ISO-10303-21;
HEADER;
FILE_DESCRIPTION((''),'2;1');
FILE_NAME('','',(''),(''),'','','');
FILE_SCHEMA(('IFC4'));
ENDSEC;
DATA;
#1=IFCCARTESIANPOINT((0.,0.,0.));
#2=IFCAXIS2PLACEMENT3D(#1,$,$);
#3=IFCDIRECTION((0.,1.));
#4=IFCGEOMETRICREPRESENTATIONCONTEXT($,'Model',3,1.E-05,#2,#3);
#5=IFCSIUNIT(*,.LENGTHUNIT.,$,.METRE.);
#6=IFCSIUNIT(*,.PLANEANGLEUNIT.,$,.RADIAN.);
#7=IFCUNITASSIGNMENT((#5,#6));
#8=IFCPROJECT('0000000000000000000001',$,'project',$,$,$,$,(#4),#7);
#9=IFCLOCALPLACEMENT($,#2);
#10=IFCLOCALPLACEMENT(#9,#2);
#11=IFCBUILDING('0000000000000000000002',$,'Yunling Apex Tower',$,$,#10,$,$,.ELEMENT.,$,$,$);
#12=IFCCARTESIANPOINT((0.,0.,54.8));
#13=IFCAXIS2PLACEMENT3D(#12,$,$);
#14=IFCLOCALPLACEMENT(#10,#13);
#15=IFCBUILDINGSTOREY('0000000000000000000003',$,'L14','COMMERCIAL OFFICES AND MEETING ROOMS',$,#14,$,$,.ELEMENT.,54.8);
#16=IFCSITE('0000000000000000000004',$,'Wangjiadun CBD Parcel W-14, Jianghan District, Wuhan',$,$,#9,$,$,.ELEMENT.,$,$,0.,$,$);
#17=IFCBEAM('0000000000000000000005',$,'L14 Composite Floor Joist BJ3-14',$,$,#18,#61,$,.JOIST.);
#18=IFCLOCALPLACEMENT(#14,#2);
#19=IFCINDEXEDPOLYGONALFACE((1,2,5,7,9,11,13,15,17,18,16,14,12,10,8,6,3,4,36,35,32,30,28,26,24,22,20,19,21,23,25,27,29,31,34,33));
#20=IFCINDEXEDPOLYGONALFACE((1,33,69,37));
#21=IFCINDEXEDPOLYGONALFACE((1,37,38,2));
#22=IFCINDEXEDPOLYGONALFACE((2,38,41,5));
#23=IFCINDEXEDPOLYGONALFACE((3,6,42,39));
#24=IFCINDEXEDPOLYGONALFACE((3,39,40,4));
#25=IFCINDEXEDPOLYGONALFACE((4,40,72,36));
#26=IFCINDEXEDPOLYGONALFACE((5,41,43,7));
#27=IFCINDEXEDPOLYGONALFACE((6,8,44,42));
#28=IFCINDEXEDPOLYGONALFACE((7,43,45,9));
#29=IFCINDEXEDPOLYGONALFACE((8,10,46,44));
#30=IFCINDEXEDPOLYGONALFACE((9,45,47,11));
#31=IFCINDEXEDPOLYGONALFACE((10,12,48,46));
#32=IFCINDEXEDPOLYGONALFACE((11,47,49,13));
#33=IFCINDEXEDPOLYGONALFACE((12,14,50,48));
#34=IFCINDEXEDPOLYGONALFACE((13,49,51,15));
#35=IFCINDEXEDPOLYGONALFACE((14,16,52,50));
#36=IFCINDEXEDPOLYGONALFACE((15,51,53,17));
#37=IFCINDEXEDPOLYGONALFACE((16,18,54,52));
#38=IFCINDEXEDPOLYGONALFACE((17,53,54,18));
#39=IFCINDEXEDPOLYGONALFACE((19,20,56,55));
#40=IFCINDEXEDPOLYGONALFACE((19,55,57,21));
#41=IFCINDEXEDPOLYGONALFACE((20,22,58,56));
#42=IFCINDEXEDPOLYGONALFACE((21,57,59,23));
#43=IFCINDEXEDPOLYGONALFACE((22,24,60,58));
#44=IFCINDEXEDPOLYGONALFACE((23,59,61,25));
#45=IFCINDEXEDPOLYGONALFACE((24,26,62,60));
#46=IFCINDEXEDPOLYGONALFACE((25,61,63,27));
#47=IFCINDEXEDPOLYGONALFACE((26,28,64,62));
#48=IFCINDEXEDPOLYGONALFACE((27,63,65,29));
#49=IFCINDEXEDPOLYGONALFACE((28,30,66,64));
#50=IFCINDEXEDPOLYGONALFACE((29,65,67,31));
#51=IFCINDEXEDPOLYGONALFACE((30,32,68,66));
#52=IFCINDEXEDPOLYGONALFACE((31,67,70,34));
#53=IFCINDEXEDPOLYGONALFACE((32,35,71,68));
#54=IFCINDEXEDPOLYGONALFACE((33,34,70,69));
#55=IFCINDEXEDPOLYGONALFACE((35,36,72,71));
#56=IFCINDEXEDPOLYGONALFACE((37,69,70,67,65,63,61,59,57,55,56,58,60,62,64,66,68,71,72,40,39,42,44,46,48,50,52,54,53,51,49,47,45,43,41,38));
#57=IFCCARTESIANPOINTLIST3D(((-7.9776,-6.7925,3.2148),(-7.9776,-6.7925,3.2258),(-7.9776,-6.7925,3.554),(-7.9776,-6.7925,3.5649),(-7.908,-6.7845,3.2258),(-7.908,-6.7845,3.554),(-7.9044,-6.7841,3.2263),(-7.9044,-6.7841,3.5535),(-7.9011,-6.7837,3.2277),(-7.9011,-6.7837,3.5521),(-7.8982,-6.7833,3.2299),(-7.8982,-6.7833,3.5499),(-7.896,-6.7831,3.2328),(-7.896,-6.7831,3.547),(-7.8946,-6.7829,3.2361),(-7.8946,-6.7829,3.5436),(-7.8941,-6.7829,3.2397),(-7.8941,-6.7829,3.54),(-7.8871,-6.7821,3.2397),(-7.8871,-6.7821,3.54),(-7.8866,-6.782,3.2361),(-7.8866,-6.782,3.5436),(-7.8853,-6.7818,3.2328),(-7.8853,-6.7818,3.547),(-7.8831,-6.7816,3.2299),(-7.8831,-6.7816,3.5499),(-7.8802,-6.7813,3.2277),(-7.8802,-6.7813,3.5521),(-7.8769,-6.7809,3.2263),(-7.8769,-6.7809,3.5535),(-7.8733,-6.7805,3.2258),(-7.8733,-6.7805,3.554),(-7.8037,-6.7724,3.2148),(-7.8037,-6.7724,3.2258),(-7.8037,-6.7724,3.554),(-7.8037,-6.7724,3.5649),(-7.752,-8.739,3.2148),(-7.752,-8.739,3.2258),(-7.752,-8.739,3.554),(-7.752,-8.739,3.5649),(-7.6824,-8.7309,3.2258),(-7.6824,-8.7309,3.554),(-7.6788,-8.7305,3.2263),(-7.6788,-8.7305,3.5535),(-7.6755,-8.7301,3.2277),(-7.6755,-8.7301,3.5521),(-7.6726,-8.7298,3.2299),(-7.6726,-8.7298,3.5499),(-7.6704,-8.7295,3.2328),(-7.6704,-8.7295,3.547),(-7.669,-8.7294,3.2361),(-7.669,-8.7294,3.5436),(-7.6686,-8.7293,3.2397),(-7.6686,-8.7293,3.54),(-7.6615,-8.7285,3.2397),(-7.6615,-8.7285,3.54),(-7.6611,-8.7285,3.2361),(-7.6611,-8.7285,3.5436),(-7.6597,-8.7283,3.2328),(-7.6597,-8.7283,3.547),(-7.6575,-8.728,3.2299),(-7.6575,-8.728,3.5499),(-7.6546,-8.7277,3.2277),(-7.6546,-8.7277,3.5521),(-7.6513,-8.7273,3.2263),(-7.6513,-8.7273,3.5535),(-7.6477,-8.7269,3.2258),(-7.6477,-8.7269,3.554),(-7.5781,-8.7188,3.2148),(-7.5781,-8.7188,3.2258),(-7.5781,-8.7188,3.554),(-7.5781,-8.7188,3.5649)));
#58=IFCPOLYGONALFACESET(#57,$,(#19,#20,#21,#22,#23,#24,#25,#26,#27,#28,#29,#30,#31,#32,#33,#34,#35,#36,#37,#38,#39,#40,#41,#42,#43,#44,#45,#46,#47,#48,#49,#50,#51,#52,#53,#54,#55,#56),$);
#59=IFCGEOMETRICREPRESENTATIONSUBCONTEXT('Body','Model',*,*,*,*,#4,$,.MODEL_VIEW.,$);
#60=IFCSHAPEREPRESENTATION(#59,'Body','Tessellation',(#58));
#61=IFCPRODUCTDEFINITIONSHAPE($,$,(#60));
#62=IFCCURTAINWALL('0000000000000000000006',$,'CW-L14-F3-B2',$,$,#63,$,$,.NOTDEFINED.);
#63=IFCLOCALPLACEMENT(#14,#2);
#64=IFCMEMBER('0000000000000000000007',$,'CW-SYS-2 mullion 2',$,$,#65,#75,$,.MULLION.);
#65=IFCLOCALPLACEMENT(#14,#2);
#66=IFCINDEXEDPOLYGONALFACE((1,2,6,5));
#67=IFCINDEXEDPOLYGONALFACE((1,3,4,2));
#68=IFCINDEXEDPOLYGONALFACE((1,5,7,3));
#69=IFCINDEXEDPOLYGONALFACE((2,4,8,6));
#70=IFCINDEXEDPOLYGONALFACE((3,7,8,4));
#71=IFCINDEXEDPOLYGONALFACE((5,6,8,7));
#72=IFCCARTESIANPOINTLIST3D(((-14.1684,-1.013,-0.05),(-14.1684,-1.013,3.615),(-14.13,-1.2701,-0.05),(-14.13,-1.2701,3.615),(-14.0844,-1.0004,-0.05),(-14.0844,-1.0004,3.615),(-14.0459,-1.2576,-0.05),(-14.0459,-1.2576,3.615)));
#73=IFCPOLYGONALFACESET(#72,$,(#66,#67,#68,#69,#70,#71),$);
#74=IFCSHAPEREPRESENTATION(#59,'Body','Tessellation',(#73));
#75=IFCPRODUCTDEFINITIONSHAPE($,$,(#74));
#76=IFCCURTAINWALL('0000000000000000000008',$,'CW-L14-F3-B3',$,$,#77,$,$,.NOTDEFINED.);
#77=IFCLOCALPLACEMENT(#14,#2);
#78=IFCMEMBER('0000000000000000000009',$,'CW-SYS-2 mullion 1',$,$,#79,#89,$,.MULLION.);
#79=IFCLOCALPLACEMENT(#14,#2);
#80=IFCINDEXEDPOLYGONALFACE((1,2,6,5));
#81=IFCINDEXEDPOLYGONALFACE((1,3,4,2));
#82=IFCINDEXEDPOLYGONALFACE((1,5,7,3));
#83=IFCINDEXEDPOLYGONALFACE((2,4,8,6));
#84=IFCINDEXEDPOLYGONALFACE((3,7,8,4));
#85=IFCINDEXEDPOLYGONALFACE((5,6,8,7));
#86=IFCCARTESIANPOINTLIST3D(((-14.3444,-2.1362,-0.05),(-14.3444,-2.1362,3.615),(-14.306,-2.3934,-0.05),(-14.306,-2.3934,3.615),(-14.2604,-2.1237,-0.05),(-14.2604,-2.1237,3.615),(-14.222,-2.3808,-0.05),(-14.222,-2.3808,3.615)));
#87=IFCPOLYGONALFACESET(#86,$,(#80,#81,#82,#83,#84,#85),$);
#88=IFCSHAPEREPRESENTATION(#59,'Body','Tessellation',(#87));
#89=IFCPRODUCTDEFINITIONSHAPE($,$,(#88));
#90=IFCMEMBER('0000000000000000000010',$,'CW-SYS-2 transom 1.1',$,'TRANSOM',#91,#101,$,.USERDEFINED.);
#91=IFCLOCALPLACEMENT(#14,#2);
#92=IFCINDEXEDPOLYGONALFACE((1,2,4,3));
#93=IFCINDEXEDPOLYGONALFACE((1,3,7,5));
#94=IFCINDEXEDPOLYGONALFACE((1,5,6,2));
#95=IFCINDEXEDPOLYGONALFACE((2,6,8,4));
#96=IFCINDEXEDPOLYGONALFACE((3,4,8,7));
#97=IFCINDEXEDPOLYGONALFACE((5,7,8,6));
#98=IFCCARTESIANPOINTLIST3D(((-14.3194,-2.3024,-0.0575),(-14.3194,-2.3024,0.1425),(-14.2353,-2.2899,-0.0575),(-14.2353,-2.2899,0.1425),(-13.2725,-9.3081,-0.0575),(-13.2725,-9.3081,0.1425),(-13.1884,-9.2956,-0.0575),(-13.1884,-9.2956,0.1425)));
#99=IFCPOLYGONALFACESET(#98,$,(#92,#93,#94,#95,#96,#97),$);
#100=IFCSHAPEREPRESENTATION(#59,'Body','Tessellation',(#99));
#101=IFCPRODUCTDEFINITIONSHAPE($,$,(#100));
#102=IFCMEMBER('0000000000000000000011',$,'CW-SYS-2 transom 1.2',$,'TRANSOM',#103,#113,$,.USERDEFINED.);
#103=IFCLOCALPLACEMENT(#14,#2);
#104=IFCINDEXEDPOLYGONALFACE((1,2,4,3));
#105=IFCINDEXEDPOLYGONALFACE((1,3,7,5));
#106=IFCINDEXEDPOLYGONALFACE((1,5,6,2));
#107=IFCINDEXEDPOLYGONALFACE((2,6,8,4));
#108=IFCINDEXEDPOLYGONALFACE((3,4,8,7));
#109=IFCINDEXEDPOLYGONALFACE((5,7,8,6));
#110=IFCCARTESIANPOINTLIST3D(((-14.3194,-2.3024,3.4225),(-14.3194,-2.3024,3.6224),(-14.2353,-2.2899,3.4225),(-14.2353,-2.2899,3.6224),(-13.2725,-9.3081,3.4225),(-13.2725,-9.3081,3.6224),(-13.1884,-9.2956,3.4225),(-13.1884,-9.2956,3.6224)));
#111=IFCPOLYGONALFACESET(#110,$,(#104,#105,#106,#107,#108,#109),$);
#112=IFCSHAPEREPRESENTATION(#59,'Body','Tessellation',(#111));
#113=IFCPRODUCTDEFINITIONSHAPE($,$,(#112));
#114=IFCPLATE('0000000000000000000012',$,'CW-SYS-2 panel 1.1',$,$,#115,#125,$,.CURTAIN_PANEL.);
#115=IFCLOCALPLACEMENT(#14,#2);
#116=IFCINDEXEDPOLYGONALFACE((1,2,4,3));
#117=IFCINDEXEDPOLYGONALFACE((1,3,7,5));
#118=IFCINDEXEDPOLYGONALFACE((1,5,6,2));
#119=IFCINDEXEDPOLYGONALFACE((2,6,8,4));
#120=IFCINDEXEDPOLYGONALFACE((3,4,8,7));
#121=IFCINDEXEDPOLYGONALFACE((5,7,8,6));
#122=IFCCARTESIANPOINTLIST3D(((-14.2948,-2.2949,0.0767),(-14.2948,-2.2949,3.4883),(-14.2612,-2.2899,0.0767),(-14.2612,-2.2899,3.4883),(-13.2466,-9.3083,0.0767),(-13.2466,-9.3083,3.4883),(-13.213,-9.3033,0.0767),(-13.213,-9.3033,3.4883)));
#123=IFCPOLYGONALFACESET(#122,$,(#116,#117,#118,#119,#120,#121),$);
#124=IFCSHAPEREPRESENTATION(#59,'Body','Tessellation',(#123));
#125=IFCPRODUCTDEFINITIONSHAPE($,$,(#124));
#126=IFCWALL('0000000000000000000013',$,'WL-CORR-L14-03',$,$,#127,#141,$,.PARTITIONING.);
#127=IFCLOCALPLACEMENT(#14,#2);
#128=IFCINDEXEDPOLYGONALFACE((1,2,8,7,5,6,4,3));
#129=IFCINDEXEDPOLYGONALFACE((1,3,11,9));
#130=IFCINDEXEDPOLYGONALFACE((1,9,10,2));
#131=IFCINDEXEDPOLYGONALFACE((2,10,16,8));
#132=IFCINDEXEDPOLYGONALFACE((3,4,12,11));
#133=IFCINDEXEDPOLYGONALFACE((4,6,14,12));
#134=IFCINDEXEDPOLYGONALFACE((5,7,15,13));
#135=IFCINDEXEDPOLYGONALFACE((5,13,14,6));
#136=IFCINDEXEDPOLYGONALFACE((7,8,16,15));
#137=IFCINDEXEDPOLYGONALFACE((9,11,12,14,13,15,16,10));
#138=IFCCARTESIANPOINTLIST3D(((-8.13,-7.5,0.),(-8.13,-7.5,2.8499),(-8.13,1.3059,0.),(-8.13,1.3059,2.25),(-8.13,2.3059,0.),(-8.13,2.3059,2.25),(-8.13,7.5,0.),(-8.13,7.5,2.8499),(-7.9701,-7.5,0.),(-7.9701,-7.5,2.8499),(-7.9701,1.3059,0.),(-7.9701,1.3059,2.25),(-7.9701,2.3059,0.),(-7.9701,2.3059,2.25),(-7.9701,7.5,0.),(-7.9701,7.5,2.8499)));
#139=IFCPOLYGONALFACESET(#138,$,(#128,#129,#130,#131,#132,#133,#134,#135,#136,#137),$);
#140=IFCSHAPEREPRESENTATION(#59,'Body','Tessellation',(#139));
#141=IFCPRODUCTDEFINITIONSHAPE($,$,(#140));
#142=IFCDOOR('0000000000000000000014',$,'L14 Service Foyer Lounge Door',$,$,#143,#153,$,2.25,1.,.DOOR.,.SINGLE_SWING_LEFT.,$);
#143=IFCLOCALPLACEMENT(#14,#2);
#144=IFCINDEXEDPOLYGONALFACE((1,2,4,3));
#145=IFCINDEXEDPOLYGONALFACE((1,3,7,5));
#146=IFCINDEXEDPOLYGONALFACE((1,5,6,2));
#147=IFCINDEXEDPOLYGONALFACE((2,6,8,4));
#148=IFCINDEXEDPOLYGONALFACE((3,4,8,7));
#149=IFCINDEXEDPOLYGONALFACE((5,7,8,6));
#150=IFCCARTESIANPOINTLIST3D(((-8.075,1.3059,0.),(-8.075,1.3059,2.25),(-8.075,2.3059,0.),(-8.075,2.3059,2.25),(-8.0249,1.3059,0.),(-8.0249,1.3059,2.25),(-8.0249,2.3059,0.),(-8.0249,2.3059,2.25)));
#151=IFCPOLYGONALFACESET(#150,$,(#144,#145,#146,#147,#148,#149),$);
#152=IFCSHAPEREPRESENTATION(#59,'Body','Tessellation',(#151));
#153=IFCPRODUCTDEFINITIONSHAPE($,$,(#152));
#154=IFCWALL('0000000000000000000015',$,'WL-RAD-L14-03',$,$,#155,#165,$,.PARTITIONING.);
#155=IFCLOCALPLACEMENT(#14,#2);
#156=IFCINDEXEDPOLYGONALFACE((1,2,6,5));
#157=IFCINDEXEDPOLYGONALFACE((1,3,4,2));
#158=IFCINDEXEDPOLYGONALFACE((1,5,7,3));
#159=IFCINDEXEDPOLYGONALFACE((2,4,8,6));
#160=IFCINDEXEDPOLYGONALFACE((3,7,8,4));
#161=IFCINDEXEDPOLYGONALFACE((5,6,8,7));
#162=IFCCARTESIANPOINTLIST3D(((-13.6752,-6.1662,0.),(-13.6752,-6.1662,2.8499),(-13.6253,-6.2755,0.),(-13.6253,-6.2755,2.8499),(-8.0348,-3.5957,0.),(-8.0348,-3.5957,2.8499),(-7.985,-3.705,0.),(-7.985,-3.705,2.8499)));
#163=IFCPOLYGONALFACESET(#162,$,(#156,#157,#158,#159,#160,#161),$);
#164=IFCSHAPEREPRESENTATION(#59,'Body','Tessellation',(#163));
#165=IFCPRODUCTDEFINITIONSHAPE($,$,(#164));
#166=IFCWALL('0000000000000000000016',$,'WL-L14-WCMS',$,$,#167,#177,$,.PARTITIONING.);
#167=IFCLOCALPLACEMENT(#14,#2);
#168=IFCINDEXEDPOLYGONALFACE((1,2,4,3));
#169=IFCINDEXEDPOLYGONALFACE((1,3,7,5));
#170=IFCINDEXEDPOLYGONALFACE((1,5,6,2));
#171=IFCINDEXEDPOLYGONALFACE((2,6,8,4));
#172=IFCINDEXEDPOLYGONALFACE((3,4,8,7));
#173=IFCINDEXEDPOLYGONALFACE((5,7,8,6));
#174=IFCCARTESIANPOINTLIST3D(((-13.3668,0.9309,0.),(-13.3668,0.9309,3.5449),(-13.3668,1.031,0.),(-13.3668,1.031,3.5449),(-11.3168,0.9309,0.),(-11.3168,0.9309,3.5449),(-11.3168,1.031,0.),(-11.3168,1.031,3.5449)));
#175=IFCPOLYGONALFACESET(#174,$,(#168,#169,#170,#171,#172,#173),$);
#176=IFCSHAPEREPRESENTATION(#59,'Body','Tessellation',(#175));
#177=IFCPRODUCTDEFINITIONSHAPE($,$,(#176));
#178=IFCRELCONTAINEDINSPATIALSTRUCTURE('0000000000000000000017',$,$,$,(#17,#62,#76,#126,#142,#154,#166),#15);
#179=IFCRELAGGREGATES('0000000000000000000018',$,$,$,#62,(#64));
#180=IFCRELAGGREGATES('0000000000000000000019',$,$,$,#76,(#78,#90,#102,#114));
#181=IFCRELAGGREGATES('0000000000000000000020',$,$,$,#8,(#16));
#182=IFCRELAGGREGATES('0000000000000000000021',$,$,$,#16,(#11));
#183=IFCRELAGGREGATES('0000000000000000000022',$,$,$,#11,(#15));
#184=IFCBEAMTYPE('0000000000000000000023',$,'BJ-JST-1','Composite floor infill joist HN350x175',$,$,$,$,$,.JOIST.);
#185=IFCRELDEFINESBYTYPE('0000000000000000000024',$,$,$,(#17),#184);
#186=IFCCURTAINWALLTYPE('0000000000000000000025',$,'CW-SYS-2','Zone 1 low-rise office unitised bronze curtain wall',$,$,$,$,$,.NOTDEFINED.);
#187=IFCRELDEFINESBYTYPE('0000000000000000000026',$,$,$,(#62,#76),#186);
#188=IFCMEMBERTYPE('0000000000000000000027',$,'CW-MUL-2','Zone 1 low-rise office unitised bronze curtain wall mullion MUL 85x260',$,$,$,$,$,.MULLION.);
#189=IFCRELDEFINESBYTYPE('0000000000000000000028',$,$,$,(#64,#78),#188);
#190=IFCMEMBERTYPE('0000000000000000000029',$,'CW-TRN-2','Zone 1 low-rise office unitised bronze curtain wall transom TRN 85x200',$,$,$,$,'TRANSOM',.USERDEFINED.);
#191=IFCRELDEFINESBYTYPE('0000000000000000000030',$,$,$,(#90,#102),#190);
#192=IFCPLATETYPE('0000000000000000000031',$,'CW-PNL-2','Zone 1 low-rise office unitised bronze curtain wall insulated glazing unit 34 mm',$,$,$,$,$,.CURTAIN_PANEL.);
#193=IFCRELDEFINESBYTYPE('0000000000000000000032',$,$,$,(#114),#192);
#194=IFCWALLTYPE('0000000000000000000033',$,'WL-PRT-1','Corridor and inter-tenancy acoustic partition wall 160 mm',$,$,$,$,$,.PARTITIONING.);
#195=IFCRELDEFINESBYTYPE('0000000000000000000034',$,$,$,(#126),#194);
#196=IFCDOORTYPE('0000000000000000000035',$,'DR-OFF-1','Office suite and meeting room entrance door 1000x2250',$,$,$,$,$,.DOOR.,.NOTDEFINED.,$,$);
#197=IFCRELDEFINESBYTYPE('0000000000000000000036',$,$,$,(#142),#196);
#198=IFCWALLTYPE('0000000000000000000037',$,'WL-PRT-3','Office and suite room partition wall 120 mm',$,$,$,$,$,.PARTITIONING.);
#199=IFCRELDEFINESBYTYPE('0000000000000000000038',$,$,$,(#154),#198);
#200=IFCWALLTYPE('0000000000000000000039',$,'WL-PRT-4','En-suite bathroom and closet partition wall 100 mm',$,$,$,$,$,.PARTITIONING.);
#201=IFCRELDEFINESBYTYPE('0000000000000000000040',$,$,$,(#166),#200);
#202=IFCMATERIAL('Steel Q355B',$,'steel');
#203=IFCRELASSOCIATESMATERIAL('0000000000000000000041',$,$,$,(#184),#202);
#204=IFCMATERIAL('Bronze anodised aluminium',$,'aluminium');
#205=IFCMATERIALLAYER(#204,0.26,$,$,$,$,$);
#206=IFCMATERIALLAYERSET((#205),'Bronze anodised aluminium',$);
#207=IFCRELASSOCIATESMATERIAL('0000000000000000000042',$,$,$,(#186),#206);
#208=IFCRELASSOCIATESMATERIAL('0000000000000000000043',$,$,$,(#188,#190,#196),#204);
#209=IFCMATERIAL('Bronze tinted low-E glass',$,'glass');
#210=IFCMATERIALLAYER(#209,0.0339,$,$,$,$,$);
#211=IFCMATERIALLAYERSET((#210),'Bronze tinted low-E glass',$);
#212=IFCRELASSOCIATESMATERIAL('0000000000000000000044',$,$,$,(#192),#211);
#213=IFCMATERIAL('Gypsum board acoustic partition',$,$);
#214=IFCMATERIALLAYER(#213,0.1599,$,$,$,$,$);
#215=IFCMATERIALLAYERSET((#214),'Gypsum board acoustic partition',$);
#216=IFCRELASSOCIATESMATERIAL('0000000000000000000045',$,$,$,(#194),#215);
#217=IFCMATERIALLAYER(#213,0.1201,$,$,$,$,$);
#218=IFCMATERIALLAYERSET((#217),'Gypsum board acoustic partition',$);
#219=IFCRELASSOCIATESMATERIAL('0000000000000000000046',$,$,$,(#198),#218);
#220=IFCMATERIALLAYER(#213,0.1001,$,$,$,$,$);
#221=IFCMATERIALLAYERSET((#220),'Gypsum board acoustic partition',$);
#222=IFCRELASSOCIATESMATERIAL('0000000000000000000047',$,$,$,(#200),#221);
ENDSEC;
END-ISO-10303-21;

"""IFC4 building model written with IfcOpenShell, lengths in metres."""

from ifc_helpers import new_model, si_unit, direction, frame, frame_2d, origin, origin_2d, place, context, subcontext, project, spatial, rectangle, i_section, extrude, source, transform, mapped, material, layer, layer_set, material_profile, profile_set, type_object, element, fill, aggregate, save


model = new_model("IFC4")

# Units and contexts
model_context = context("Model", 3, precision=1e-05, world=origin(), true_north=direction((0.0, 1.0)))
body_context = subcontext(model_context, "Body", "Model", "MODEL_VIEW")
ifc_project = project(units=[si_unit("LENGTHUNIT", "METRE"), si_unit("PLANEANGLEUNIT", "RADIAN")], contexts=[model_context])

# Site, building, storey
site_placement = place(None, origin())
site = spatial("IfcSite", under=ifc_project, at=site_placement, Name="Wangjiadun CBD Parcel W-14, Jianghan District, Wuhan", CompositionType="ELEMENT", RefElevation=0.0)
building_placement = place(site_placement, origin())
building = spatial("IfcBuilding", under=site, at=building_placement, Name="Yunling Apex Tower", CompositionType="ELEMENT")
storey_placement = place(building_placement, frame((0.0, 0.0, 54.8)))
storey = spatial("IfcBuildingStorey", under=building, at=storey_placement, Name="L14", Description="COMMERCIAL OFFICES AND MEETING ROOMS", CompositionType="ELEMENT", Elevation=54.8)

# Beam
ifc_material_1 = material(Name="Steel Q355B", Category="steel")
ifc_material_profile_1 = material_profile(ifc_material_1, i_section(OverallWidth=0.175, OverallDepth=0.3501, WebThickness=0.0071, FlangeThickness=0.011, FilletRadius=0.0139, at=origin_2d()))
ifc_profile_set_1 = profile_set([ifc_material_profile_1], Name="Steel Q355B")
beam_type_1 = type_object("IfcBeamType", Name="BJ-JST-1", Description="Composite floor infill joist HN350x175", PredefinedType="JOIST", material=ifc_profile_set_1)
shared_shape_1 = source(origin(), body_context, "Body", "SweptSolid", [
    extrude(i_section(OverallWidth=0.175, OverallDepth=0.3501, WebThickness=0.0071, FlangeThickness=0.011, FilletRadius=0.0139, at=origin_2d()), origin(), (0.0, 0.0, 1.0), 1.9595),
])
beam_1_placement = place(storey_placement, frame((-7.8906, -6.7825, 3.3899), z_axis=(0.115121, -0.993352, 0.0), x_axis=(0.993352, 0.115121, 0.0)))
element("IfcBeam", 1, at=beam_1_placement, inside=storey, type_object=beam_type_1, Name="L14 Composite Floor Joist BJ3-14", PredefinedType="JOIST", context=body_context, shape_type="MappedRepresentation", body=[
    mapped(shared_shape_1, transform((0.0, 0.0, 0.0), scale=1.0)),
])

# Curtain wall, member
ifc_material_2 = material(Name="Bronze anodised aluminium", Category="aluminium")
ifc_layer_1 = layer(ifc_material_2, 0.26)
ifc_layer_set_1 = layer_set([ifc_layer_1], Name="Bronze anodised aluminium")
curtain_wall_type = type_object("IfcCurtainWallType", Name="CW-SYS-2", Description="Zone 1 low-rise office unitised bronze curtain wall", PredefinedType="NOTDEFINED", material=ifc_layer_set_1)
curtain_wall_1_placement = place(storey_placement, origin())
curtain_wall_1 = element("IfcCurtainWall", 2, at=curtain_wall_1_placement, inside=storey, type_object=curtain_wall_type, Name="CW-L14-F3-B2", PredefinedType="NOTDEFINED")
ifc_material_profile_2 = material_profile(ifc_material_2, rectangle(XDim=0.085, YDim=0.26, at=origin_2d()))
ifc_profile_set_2 = profile_set([ifc_material_profile_2], Name="Bronze anodised aluminium")
member_type_1 = type_object("IfcMemberType", Name="CW-MUL-2", Description="Zone 1 low-rise office unitised bronze curtain wall mullion MUL 85x260", PredefinedType="MULLION", material=ifc_profile_set_2)
shared_shape_2 = source(origin(), body_context, "Body", "SweptSolid", [
    extrude(rectangle(XDim=0.085, YDim=0.26, at=origin_2d()), origin(), (0.0, 0.0, 1.0), 3.665),
])
member_1_placement = place(storey_placement, frame((-14.1072, -1.1353, -0.05), z_axis=(0.0, 0.0, 1.0), x_axis=(0.989017, 0.147801, 0.0)))
member_1 = element("IfcMember", 3, at=member_1_placement, type_object=member_type_1, Name="CW-SYS-2 mullion 2", PredefinedType="MULLION", context=body_context, shape_type="MappedRepresentation", body=[
    mapped(shared_shape_2, transform((0.0, 0.0, 0.0), scale=1.0)),
])
aggregate(curtain_wall_1, [member_1])

# Curtain wall, members, plate
curtain_wall_2_placement = place(storey_placement, origin())
curtain_wall_2 = element("IfcCurtainWall", 4, at=curtain_wall_2_placement, inside=storey, type_object=curtain_wall_type, Name="CW-L14-F3-B3", PredefinedType="NOTDEFINED")
member_2_placement = place(storey_placement, frame((-14.2832, -2.2585, -0.05), z_axis=(0.0, 0.0, 1.0), x_axis=(0.989015, 0.147815, 0.0)))
member_2 = element("IfcMember", 5, at=member_2_placement, type_object=member_type_1, Name="CW-SYS-2 mullion 1", PredefinedType="MULLION", context=body_context, shape_type="MappedRepresentation", body=[
    mapped(shared_shape_2, transform((0.0, 0.0, 0.0), scale=1.0)),
])
ifc_material_profile_3 = material_profile(ifc_material_2, rectangle(XDim=0.085, YDim=0.2, at=origin_2d()))
ifc_profile_set_3 = profile_set([ifc_material_profile_3], Name="Bronze anodised aluminium")
member_type_2 = type_object("IfcMemberType", Name="CW-TRN-2", Description="Zone 1 low-rise office unitised bronze curtain wall transom TRN 85x200", ElementType="TRANSOM", PredefinedType="USERDEFINED", material=ifc_profile_set_3)
shared_shape_3 = source(origin(), body_context, "Body", "SweptSolid", [
    extrude(rectangle(XDim=0.085, YDim=0.2, at=origin_2d()), origin(), (0.0, 0.0, 1.0), 7.0835),
])
member_3_placement = place(storey_placement, frame((-14.2773, -2.2961, 0.0425), z_axis=(0.147793, -0.989018, 0.0), x_axis=(0.989018, 0.147793, 0.0)))
member_3 = element("IfcMember", 6, at=member_3_placement, type_object=member_type_2, Name="CW-SYS-2 transom 1.1", ObjectType="TRANSOM", PredefinedType="USERDEFINED", context=body_context, shape_type="MappedRepresentation", body=[
    mapped(shared_shape_3, transform((0.0, 0.0, 0.0), scale=1.0)),
])
member_4_placement = place(storey_placement, frame((-14.2773, -2.2961, 3.5225), z_axis=(0.147793, -0.989018, 0.0), x_axis=(0.989018, 0.147793, 0.0)))
member_4 = element("IfcMember", 7, at=member_4_placement, type_object=member_type_2, Name="CW-SYS-2 transom 1.2", ObjectType="TRANSOM", PredefinedType="USERDEFINED", context=body_context, shape_type="MappedRepresentation", body=[
    mapped(shared_shape_3, transform((0.0, 0.0, 0.0), scale=1.0)),
])
ifc_material_3 = material(Name="Bronze tinted low-E glass", Category="glass")
ifc_layer_2 = layer(ifc_material_3, 0.0339)
ifc_layer_set_2 = layer_set([ifc_layer_2], Name="Bronze tinted low-E glass")
plate_type = type_object("IfcPlateType", Name="CW-PNL-2", Description="Zone 1 low-rise office unitised bronze curtain wall insulated glazing unit 34 mm", PredefinedType="CURTAIN_PANEL", material=ifc_layer_set_2)
shared_shape_4 = source(origin(), body_context, "Body", "SweptSolid", [
    extrude(rectangle(XDim=7.0913, YDim=0.0339, at=origin_2d()), origin(), (0.0, 0.0, 1.0), 3.4116),
])
plate_placement = place(storey_placement, frame((-13.7539, -5.7991, 0.0767), z_axis=(0.0, 0.0, 1.0), x_axis=(0.147815, -0.989015, 0.0)))
plate = element("IfcPlate", 8, at=plate_placement, type_object=plate_type, Name="CW-SYS-2 panel 1.1", PredefinedType="CURTAIN_PANEL", context=body_context, shape_type="MappedRepresentation", body=[
    mapped(shared_shape_4, transform((0.0, 0.0, 0.0), scale=1.0)),
])
aggregate(curtain_wall_2, [member_2, member_3, member_4, plate])

# Wall, opening, door
ifc_material_4 = material(Name="Gypsum board acoustic partition")
ifc_layer_3 = layer(ifc_material_4, 0.1599)
ifc_layer_set_3 = layer_set([ifc_layer_3], Name="Gypsum board acoustic partition")
wall_type_1 = type_object("IfcWallType", Name="WL-PRT-1", Description="Corridor and inter-tenancy acoustic partition wall 160 mm", PredefinedType="PARTITIONING", material=ifc_layer_set_3)
wall_1_placement = place(storey_placement, frame((-8.05, -7.5, 0.0), z_axis=(0.0, 0.0, 1.0), x_axis=(0.0, 1.0, 0.0)))
wall_1 = element("IfcWall", 9, at=wall_1_placement, inside=storey, type_object=wall_type_1, Name="WL-CORR-L14-03", PredefinedType="PARTITIONING", context=body_context, shape_type="SweptSolid", body=[
    extrude(rectangle(XDim=15.0, YDim=0.1599, at=frame_2d((7.5, 0.0))), origin(), (0.0, 0.0, 1.0), 2.8499),
])
opening_placement = place(wall_1_placement, frame((8.8059, 0.0, 0.0)))
opening = element("IfcOpeningElement", 10, at=opening_placement, cuts=wall_1, PredefinedType="OPENING", context=body_context, shape_type="SweptSolid", body=[
    extrude(rectangle(XDim=1.0, YDim=2.25, at=frame_2d((0.5, 1.125))), frame((0.0, 0.0898, 0.0), z_axis=(0.0, -1.0, 0.0), x_axis=(1.0, 0.0, 0.0)), (0.0, 0.0, 1.0), 0.1799),
])
door_type = type_object("IfcDoorType", Name="DR-OFF-1", Description="Office suite and meeting room entrance door 1000x2250", OperationType="NOTDEFINED", PredefinedType="DOOR", material=ifc_material_2)
door_placement = place(opening_placement, origin())
door = element("IfcDoor", 11, at=door_placement, inside=storey, type_object=door_type, Name="L14 Service Foyer Lounge Door", OperationType="SINGLE_SWING_LEFT", OverallHeight=2.25, OverallWidth=1.0, PredefinedType="DOOR", context=body_context, shape_type="SweptSolid", body=[
    extrude(rectangle(XDim=1.0, YDim=2.25, at=frame_2d((0.5, 1.125))), frame((0.0, 0.0249, 0.0), z_axis=(0.0, -1.0, 0.0), x_axis=(1.0, 0.0, 0.0)), (0.0, 0.0, 1.0), 0.05),
])
fill(opening, door)

# Walls
ifc_layer_4 = layer(ifc_material_4, 0.1201)
ifc_layer_set_4 = layer_set([ifc_layer_4], Name="Gypsum board acoustic partition")
wall_type_2 = type_object("IfcWallType", Name="WL-PRT-3", Description="Office and suite room partition wall 120 mm", PredefinedType="PARTITIONING", material=ifc_layer_set_4)
wall_2_placement = place(storey_placement, frame((-8.01, -3.6504, 0.0), z_axis=(0.0, 0.0, 1.0), x_axis=(-0.909956, -0.414705, 0.0)))
element("IfcWall", 12, at=wall_2_placement, inside=storey, type_object=wall_type_2, Name="WL-RAD-L14-03", PredefinedType="PARTITIONING", context=body_context, shape_type="SweptSolid", body=[
    extrude(rectangle(XDim=6.1985, YDim=0.1201, at=frame_2d((3.0991, 0.0))), origin(), (0.0, 0.0, 1.0), 2.8499),
])
ifc_layer_5 = layer(ifc_material_4, 0.1001)
ifc_layer_set_5 = layer_set([ifc_layer_5], Name="Gypsum board acoustic partition")
wall_type_3 = type_object("IfcWallType", Name="WL-PRT-4", Description="En-suite bathroom and closet partition wall 100 mm", PredefinedType="PARTITIONING", material=ifc_layer_set_5)
wall_3_placement = place(storey_placement, frame((-11.3169, 0.981, 0.0), z_axis=(0.0, 0.0, 1.0), x_axis=(-1.0, 0.0, 0.0)))
element("IfcWall", 13, at=wall_3_placement, inside=storey, type_object=wall_type_3, Name="WL-L14-WCMS", PredefinedType="PARTITIONING", context=body_context, shape_type="SweptSolid", body=[
    extrude(rectangle(XDim=2.05, YDim=0.1001, at=frame_2d((1.0249, 0.0))), origin(), (0.0, 0.0, 1.0), 3.5449),
])

save(model, "model.ifc")
